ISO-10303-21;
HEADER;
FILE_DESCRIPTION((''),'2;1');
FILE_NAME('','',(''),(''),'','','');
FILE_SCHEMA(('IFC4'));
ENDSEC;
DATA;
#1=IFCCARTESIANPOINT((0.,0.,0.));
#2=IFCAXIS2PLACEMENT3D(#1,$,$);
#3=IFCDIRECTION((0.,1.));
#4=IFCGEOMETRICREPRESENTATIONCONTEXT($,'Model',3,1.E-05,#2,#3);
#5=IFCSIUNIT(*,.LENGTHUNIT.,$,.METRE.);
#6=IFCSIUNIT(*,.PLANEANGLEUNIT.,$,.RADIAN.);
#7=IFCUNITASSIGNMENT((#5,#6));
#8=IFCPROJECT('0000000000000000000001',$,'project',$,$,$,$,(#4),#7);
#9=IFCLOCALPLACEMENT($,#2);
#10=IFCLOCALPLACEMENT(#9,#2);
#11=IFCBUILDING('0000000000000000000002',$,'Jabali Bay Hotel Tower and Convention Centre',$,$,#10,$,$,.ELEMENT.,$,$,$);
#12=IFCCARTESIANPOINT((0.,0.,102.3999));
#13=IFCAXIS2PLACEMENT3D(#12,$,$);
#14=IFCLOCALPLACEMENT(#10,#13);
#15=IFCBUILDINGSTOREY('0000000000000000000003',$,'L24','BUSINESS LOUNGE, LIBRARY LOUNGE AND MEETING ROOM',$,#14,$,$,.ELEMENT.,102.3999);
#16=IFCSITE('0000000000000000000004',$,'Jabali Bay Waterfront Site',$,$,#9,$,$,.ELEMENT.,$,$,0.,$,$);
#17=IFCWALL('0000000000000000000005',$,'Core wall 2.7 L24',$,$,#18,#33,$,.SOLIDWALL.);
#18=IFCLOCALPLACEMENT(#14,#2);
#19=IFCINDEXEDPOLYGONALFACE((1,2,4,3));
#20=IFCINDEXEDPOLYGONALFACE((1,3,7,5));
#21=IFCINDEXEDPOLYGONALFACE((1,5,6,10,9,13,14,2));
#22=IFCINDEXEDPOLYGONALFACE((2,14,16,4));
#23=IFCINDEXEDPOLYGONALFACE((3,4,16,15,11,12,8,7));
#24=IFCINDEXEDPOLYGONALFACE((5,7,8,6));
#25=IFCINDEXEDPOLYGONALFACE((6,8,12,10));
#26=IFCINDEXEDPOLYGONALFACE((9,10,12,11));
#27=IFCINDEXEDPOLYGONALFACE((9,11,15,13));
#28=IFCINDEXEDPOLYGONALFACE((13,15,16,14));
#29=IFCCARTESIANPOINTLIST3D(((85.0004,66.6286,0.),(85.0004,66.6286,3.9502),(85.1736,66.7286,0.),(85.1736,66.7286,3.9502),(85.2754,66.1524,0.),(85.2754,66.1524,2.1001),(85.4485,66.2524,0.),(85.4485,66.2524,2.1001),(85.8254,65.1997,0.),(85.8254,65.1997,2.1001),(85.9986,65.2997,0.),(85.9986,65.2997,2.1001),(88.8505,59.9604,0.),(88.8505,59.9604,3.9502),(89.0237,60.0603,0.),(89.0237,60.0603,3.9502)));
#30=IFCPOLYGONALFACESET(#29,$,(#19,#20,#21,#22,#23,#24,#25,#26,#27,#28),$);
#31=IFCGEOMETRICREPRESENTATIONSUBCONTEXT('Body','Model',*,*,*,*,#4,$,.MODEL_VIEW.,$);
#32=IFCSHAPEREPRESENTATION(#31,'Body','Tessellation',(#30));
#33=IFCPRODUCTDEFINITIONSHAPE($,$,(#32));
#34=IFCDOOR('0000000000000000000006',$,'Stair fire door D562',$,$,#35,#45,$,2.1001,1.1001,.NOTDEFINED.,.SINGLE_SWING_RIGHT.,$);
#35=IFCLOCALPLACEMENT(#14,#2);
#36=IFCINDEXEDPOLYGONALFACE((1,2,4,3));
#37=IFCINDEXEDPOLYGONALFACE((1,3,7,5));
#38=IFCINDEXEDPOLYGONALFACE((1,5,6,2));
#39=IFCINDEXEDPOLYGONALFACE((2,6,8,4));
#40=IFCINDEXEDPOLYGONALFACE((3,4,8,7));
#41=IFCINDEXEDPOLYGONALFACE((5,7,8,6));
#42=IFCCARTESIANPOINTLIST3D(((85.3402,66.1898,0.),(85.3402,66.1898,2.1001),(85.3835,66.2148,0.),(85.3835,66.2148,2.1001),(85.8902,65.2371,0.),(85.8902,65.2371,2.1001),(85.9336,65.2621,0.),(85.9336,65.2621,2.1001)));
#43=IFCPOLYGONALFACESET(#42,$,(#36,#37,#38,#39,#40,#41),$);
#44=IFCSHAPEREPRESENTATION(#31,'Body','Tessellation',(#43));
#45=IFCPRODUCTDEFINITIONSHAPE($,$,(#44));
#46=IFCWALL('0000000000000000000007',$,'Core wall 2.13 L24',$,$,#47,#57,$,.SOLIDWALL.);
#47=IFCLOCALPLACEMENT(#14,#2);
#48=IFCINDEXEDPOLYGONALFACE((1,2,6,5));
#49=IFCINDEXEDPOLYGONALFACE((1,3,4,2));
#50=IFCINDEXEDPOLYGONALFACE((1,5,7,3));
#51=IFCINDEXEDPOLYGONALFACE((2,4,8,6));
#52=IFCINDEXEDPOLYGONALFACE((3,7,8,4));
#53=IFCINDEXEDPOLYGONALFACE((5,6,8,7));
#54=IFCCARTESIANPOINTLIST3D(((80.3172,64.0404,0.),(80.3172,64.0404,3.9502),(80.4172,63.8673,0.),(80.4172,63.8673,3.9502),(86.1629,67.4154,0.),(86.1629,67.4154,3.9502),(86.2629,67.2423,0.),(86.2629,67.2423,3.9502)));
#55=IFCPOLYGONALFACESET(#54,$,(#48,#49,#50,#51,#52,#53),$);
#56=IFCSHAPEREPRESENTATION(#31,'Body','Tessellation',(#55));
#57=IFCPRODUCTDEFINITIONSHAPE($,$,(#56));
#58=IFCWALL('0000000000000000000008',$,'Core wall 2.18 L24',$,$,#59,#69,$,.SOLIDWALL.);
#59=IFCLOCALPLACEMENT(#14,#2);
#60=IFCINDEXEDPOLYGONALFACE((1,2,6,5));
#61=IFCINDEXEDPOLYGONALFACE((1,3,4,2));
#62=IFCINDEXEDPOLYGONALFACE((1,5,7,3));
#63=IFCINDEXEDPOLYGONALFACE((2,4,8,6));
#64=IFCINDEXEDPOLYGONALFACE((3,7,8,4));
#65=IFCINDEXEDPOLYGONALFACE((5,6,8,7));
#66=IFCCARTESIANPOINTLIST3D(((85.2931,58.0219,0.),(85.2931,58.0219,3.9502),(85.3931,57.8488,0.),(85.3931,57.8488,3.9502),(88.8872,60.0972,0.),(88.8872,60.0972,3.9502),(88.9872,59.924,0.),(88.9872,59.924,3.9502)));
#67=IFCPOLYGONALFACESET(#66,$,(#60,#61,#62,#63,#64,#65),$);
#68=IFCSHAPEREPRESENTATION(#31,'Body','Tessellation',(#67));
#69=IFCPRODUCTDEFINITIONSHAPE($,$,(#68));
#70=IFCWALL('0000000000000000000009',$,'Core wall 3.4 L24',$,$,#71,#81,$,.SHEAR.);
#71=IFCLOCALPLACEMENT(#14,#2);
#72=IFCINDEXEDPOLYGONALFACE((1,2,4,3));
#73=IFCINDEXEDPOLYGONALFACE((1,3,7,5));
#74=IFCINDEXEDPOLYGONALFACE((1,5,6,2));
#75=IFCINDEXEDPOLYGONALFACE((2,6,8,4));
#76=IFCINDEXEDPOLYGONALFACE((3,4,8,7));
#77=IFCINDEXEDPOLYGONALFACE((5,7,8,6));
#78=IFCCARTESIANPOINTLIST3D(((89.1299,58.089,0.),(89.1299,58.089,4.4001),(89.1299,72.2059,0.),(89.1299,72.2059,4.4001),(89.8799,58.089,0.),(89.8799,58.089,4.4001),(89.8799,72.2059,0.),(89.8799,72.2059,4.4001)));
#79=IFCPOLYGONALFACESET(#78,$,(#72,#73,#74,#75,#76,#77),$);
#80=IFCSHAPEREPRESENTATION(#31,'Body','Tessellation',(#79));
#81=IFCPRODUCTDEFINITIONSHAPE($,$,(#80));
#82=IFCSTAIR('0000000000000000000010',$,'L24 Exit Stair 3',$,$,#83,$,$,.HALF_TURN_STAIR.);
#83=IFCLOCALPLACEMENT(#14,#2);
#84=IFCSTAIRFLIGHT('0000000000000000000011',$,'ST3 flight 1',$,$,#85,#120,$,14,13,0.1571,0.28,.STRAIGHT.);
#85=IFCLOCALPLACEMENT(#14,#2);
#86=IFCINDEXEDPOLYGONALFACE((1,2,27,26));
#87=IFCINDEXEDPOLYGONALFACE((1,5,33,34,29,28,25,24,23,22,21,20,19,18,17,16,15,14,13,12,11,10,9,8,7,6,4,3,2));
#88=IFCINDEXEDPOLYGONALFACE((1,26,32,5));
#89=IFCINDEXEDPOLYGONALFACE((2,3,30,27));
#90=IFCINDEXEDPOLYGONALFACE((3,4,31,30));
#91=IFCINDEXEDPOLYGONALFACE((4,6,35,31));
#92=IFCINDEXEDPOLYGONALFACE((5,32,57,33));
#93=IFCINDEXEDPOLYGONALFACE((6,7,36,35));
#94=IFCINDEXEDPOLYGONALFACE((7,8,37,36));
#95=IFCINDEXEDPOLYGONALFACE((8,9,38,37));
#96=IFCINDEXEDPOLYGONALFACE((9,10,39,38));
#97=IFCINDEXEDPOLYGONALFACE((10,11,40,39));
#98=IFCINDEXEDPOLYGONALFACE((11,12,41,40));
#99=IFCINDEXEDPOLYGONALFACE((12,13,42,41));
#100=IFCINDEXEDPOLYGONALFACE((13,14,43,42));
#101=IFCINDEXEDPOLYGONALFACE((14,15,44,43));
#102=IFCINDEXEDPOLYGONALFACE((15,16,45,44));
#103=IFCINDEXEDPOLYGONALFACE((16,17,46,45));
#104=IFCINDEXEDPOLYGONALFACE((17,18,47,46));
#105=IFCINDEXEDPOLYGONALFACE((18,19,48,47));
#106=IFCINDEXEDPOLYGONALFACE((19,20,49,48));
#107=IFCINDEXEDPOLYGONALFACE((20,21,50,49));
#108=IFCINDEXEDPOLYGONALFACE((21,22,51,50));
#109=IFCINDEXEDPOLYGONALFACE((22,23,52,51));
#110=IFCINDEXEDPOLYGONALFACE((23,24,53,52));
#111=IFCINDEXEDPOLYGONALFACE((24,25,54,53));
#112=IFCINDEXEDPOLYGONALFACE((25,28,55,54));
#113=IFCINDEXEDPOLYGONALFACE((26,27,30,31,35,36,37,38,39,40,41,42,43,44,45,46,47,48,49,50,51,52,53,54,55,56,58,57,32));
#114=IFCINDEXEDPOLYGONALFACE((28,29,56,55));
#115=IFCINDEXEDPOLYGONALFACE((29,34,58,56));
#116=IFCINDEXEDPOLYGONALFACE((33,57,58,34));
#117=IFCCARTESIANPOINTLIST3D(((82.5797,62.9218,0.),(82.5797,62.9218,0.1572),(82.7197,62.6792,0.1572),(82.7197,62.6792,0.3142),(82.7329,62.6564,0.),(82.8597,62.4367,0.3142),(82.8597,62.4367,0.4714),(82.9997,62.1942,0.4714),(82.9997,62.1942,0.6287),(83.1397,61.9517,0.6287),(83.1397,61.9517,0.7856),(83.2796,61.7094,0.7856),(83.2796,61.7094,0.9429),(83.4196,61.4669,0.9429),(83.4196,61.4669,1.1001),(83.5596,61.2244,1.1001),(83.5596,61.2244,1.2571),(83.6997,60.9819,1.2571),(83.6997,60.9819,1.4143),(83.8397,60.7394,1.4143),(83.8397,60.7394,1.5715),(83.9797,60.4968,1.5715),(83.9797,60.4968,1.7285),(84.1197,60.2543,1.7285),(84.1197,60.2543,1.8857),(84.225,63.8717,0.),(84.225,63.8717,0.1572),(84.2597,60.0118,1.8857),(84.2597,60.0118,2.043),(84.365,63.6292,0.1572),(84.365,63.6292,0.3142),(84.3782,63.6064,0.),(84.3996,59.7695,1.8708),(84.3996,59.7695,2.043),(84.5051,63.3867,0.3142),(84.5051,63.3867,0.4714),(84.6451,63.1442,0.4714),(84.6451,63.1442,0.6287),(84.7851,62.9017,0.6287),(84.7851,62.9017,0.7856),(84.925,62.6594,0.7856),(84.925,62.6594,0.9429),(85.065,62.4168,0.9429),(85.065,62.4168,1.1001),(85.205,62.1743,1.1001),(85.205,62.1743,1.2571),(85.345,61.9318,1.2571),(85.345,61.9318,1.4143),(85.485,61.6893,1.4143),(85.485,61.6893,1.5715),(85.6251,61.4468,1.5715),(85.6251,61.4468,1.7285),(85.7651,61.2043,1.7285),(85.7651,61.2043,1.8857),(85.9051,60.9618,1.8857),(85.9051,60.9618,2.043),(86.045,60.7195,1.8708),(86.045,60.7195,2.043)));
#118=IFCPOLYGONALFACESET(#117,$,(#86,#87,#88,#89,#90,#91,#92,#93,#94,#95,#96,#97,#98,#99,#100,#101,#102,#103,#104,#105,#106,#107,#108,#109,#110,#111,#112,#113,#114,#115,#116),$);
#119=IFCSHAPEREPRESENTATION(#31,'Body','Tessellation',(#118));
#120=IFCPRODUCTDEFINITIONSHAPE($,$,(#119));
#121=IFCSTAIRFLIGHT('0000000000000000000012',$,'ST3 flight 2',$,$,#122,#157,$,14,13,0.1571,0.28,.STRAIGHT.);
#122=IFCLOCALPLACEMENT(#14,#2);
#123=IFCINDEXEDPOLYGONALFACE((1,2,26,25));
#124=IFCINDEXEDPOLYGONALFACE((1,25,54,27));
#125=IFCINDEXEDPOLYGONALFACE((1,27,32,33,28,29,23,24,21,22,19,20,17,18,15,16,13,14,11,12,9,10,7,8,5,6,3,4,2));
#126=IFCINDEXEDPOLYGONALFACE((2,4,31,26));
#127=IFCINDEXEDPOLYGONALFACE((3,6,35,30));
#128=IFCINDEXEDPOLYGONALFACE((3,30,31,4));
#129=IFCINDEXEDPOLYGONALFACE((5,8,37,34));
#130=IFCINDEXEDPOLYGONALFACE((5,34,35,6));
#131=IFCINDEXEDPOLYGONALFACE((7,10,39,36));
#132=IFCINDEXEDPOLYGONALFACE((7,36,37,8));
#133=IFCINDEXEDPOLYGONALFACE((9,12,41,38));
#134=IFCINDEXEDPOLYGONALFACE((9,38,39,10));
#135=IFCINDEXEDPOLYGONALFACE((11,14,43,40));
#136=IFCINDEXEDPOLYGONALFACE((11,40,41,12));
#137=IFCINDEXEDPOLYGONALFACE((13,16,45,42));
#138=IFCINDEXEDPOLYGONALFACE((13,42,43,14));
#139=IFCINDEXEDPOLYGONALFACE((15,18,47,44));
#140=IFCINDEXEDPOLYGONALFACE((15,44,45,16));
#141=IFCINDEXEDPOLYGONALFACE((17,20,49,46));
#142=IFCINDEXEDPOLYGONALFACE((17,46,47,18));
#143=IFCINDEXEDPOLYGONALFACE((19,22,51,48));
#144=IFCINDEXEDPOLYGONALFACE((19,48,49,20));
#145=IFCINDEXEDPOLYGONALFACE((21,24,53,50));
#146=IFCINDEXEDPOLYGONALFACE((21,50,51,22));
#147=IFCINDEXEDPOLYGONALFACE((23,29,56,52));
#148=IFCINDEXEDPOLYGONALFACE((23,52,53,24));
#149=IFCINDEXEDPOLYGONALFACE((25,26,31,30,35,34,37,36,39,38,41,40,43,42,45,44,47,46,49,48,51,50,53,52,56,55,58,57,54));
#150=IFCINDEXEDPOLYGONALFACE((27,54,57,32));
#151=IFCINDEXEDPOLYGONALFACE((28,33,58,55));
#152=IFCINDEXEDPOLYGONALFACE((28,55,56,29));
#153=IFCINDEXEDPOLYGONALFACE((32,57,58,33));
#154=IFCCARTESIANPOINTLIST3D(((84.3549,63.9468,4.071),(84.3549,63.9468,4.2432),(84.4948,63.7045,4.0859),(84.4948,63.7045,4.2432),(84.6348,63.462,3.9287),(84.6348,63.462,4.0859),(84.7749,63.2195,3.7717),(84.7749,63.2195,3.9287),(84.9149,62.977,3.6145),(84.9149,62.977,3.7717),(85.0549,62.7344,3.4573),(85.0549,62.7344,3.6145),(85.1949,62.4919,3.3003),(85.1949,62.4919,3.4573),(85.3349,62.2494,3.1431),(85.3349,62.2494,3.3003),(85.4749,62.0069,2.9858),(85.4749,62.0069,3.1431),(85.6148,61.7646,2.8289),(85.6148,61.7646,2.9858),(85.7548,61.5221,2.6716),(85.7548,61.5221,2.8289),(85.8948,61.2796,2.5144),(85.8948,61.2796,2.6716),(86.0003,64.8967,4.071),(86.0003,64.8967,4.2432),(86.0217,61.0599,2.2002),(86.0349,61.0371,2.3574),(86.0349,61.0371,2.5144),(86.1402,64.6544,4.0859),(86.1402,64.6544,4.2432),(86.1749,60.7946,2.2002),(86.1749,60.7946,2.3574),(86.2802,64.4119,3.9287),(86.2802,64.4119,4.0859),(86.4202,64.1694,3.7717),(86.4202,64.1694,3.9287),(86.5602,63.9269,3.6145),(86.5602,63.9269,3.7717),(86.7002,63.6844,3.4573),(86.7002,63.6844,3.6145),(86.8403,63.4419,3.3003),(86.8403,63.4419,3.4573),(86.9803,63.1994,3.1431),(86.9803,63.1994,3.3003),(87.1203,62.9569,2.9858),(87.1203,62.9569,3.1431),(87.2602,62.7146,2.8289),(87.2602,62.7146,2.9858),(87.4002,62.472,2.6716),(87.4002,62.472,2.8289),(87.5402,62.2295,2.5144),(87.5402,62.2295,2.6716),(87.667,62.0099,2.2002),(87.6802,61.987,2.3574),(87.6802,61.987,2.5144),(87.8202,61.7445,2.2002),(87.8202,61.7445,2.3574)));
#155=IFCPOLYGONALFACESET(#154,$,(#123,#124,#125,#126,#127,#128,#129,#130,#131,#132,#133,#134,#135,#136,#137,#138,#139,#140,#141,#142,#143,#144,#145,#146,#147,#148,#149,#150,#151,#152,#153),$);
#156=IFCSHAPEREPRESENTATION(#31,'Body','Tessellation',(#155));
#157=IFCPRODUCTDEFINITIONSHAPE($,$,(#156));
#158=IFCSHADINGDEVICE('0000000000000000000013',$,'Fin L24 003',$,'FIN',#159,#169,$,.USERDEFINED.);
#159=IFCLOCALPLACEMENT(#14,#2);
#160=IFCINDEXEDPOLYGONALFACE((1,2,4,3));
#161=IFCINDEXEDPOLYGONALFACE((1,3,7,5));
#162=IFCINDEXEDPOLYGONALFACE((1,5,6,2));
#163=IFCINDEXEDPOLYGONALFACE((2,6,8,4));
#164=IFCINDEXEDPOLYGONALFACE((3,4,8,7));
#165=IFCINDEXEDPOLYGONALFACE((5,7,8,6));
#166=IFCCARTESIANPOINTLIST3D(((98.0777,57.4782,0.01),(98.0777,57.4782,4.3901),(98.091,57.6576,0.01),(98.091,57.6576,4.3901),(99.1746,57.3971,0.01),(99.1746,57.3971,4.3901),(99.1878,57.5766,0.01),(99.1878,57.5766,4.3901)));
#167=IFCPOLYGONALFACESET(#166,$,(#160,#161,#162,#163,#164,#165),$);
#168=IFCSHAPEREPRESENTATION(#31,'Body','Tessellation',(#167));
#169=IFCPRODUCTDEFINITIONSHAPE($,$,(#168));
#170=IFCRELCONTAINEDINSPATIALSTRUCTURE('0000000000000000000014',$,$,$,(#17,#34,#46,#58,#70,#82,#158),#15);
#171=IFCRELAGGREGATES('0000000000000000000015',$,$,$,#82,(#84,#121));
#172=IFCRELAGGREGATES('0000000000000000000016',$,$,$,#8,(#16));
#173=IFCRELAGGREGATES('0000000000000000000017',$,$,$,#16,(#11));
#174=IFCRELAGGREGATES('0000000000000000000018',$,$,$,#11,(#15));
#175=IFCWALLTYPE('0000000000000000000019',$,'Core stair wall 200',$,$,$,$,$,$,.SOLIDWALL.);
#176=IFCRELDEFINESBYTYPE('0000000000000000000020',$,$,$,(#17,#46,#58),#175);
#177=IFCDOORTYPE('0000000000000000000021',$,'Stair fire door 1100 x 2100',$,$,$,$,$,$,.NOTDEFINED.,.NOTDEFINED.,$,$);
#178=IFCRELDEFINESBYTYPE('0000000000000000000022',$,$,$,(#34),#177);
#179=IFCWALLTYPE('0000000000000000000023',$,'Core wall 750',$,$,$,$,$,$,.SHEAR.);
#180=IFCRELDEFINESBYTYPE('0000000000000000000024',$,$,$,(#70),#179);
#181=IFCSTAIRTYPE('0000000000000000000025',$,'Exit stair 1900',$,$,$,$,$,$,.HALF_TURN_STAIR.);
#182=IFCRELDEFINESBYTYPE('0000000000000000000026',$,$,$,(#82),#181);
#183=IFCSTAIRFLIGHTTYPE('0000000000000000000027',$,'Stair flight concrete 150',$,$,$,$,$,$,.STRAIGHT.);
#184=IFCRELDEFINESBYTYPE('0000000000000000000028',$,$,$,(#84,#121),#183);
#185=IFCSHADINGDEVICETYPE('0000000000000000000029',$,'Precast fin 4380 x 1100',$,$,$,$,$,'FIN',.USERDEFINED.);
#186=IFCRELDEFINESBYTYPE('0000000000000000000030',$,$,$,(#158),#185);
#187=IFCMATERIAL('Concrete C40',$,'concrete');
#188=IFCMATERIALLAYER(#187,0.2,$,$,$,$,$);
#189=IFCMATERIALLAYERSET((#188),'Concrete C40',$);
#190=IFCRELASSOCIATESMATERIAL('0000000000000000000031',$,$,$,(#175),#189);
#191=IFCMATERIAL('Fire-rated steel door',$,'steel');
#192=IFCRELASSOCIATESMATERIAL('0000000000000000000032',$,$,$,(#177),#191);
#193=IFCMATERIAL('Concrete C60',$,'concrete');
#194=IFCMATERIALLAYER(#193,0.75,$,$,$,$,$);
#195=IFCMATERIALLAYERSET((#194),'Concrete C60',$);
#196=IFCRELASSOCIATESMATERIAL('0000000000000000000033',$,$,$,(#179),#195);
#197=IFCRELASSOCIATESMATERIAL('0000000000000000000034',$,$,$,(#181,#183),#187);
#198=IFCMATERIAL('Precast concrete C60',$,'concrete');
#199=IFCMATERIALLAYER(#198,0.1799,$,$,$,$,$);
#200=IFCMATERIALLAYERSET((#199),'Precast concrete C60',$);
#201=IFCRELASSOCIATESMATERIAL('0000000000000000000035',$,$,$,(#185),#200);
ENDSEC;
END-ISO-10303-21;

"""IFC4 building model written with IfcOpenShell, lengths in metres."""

from ifc_helpers import new_model, si_unit, direction, frame, frame_2d, origin, place, context, subcontext, project, spatial, polyline, rectangle, outline, extrude, material, layer, layer_set, type_object, element, fill, aggregate, save


model = new_model("IFC4")

# Units and contexts
model_context = context("Model", 3, precision=1e-05, world=origin(), true_north=direction((0.0, 1.0)))
body_context = subcontext(model_context, "Body", "Model", "MODEL_VIEW")
ifc_project = project(units=[si_unit("LENGTHUNIT", "METRE"), si_unit("PLANEANGLEUNIT", "RADIAN")], contexts=[model_context])

# Site, building, storey
site_placement = place(None, origin())
site = spatial("IfcSite", under=ifc_project, at=site_placement, Name="Jabali Bay Waterfront Site", CompositionType="ELEMENT", RefElevation=0.0)
building_placement = place(site_placement, origin())
building = spatial("IfcBuilding", under=site, at=building_placement, Name="Jabali Bay Hotel Tower and Convention Centre", CompositionType="ELEMENT")
storey_placement = place(building_placement, frame((0.0, 0.0, 102.3999)))
storey = spatial("IfcBuildingStorey", under=building, at=storey_placement, Name="L24", Description="BUSINESS LOUNGE, LIBRARY LOUNGE AND MEETING ROOM", CompositionType="ELEMENT", Elevation=102.3999)

# Shared definitions
ifc_material_1 = material(Name="Concrete C60", Category="concrete")

# Shared definitions
ifc_material_2 = material(Name="Concrete C40", Category="concrete")

# Shared definitions
ifc_material_3 = material(Name="Fire-rated steel door", Category="steel")

# Shared definitions
ifc_layer_1 = layer(ifc_material_2, 0.2)
ifc_layer_set_1 = layer_set([ifc_layer_1], Name="Concrete C40")
wall_type_1 = type_object("IfcWallType", Name="Core stair wall 200", PredefinedType="SOLIDWALL", material=ifc_layer_set_1)

# Wall, opening, door
wall_1_placement = place(storey_placement, frame((85.0869, 66.6787, 0.0), z_axis=(0.0, 0.0, 1.0), x_axis=(0.50002, -0.866014, 0.0)))
wall_1 = element("IfcWall", 1, at=wall_1_placement, inside=storey, type_object=wall_type_1, Name="Core wall 2.7 L24", PredefinedType="SOLIDWALL", context=body_context, shape_type="SweptSolid", body=[
    extrude(rectangle(XDim=7.7, YDim=0.2, at=frame_2d((3.8501, 0.0))), origin(), (0.0, 0.0, 1.0), 3.9502),
])
opening_1_placement = place(wall_1_placement, frame((0.55, 0.0, 0.0)))
opening_1 = element("IfcOpeningElement", 2, at=opening_1_placement, cuts=wall_1, PredefinedType="OPENING", context=body_context, shape_type="SweptSolid", body=[
    extrude(rectangle(XDim=1.1001, YDim=2.1001, at=frame_2d((0.55, 1.05))), frame((0.0, 0.1104, 0.0), z_axis=(0.0, -1.0, 0.0), x_axis=(1.0, 0.0, 0.0)), (0.0, 0.0, 1.0), 0.2209),
])
door_type_1 = type_object("IfcDoorType", Name="Stair fire door 1100 x 2100", OperationType="NOTDEFINED", PredefinedType="NOTDEFINED", material=ifc_material_3)
door_1_placement = place(opening_1_placement, origin())
door_1 = element("IfcDoor", 3, at=door_1_placement, inside=storey, type_object=door_type_1, Name="Stair fire door D562", OperationType="SINGLE_SWING_RIGHT", OverallHeight=2.1001, OverallWidth=1.1001, PredefinedType="NOTDEFINED", context=body_context, shape_type="SweptSolid", body=[
    extrude(rectangle(XDim=1.1001, YDim=2.1001, at=frame_2d((0.55, 1.05))), frame((0.0, 0.0249, 0.0), z_axis=(0.0, -1.0, 0.0), x_axis=(1.0, 0.0, 0.0)), (0.0, 0.0, 1.0), 0.05),
])
fill(opening_1, door_1)

# Walls
wall_2_placement = place(storey_placement, frame((80.3672, 63.9539, 0.0), z_axis=(0.0, 0.0, 1.0), x_axis=(0.866027, 0.499998, 0.0)))
element("IfcWall", 4, at=wall_2_placement, inside=storey, type_object=wall_type_1, Name="Core wall 2.13 L24", PredefinedType="SOLIDWALL", context=body_context, shape_type="SweptSolid", body=[
    extrude(rectangle(XDim=6.75, YDim=0.2, at=frame_2d((3.375, 0.0))), origin(), (0.0, 0.0, 1.0), 3.9502),
])
wall_3_placement = place(storey_placement, frame((85.343, 57.9353, 0.0), z_axis=(0.0, 0.0, 1.0), x_axis=(0.866004, 0.500036, 0.0)))
element("IfcWall", 5, at=wall_3_placement, inside=storey, type_object=wall_type_1, Name="Core wall 2.18 L24", PredefinedType="SOLIDWALL", context=body_context, shape_type="SweptSolid", body=[
    extrude(rectangle(XDim=4.1501, YDim=0.2, at=frame_2d((2.0752, 0.0))), origin(), (0.0, 0.0, 1.0), 3.9502),
])
ifc_layer_2 = layer(ifc_material_1, 0.75)
ifc_layer_set_2 = layer_set([ifc_layer_2], Name="Concrete C60")
wall_type_2 = type_object("IfcWallType", Name="Core wall 750", PredefinedType="SHEAR", material=ifc_layer_set_2)
wall_4_placement = place(storey_placement, frame((89.5049, 58.0889, 0.0), z_axis=(0.0, 0.0, 1.0), x_axis=(0.0, 1.0, 0.0)))
element("IfcWall", 6, at=wall_4_placement, inside=storey, type_object=wall_type_2, Name="Core wall 3.4 L24", PredefinedType="SHEAR", context=body_context, shape_type="SweptSolid", body=[
    extrude(rectangle(XDim=14.1169, YDim=0.75, at=frame_2d((7.0586, 0.0))), origin(), (0.0, 0.0, 1.0), 4.4001),
])

# Stair, stair flights
stair_type = type_object("IfcStairType", Name="Exit stair 1900", PredefinedType="HALF_TURN_STAIR", material=ifc_material_2)
stair_placement = place(storey_placement, origin())
stair = element("IfcStair", 7, at=stair_placement, inside=storey, type_object=stair_type, Name="L24 Exit Stair 3", PredefinedType="HALF_TURN_STAIR")
stair_flight_type = type_object("IfcStairFlightType", Name="Stair flight concrete 150", PredefinedType="STRAIGHT", material=ifc_material_2)
stair_flight_1_placement = place(storey_placement, frame((83.4023, 63.3967, 0.0), z_axis=(0.0, 0.0, 1.0), x_axis=(0.5, -0.866025, 0.0)))
stair_flight_1 = element("IfcStairFlight", 8, at=stair_flight_1_placement, type_object=stair_flight_type, Name="ST3 flight 1", NumberOfRisers=14, NumberOfTreads=13, PredefinedType="STRAIGHT", RiserHeight=0.1571, TreadLength=0.28, context=body_context, shape_type="SweptSolid", body=[
    extrude(outline(polyline([(0.0, 0.0), (0.0, 0.1572), (0.28, 0.1572), (0.28, 0.3142), (0.5601, 0.3142), (0.5601, 0.4714), (0.8401, 0.4714), (0.8401, 0.6287), (1.1201, 0.6287), (1.1201, 0.7856), (1.3999, 0.7856), (1.3999, 0.9429), (1.6799, 0.9429), (1.6799, 1.1001), (1.96, 1.1001), (1.96, 1.2571), (2.24, 1.2571), (2.24, 1.4143), (2.52, 1.4143), (2.52, 1.5715), (2.8, 1.5715), (2.8, 1.7285), (3.0801, 1.7285), (3.0801, 1.8857), (3.3601, 1.8857), (3.3601, 2.043), (3.6399, 2.043), (3.6399, 2.2), (3.6399, 1.8708), (0.3064, 0.0), (0.0, 0.0)])), frame((0.0, 0.95, 0.0), z_axis=(0.0, -1.0, 0.0), x_axis=(1.0, 0.0, 0.0)), (0.0, 0.0, 1.0), 1.8999),
])
stair_flight_2_placement = place(storey_placement, frame((86.9976, 61.2695, 2.2002), z_axis=(0.0, 0.0, 1.0), x_axis=(-0.5, 0.866025, 0.0)))
stair_flight_2 = element("IfcStairFlight", 9, at=stair_flight_2_placement, type_object=stair_flight_type, Name="ST3 flight 2", NumberOfRisers=14, NumberOfTreads=13, PredefinedType="STRAIGHT", RiserHeight=0.1571, TreadLength=0.28, context=body_context, shape_type="SweptSolid", body=[
    extrude(outline(polyline([(0.0, 0.0), (0.0, 0.1572), (0.28, 0.1572), (0.28, 0.3142), (0.5601, 0.3142), (0.5601, 0.4714), (0.8401, 0.4714), (0.8401, 0.6287), (1.1201, 0.6287), (1.1201, 0.7856), (1.3999, 0.7856), (1.3999, 0.9429), (1.6799, 0.9429), (1.6799, 1.1001), (1.96, 1.1001), (1.96, 1.2571), (2.24, 1.2571), (2.24, 1.4143), (2.52, 1.4143), (2.52, 1.5715), (2.8, 1.5715), (2.8, 1.7285), (3.0801, 1.7285), (3.0801, 1.8857), (3.3601, 1.8857), (3.3601, 2.043), (3.6399, 2.043), (3.6399, 2.2), (3.6399, 1.8708), (0.3064, 0.0), (0.0, 0.0)])), frame((0.0, 0.95, 0.0), z_axis=(0.0, -1.0, 0.0), x_axis=(1.0, 0.0, 0.0)), (0.0, 0.0, 1.0), 1.8999),
])
aggregate(stair, [stair_flight_1, stair_flight_2])

# Shading device
ifc_material_4 = material(Name="Precast concrete C60", Category="concrete")
ifc_layer_3 = layer(ifc_material_4, 0.1799)
ifc_layer_set_3 = layer_set([ifc_layer_3], Name="Precast concrete C60")
shading_device_type = type_object("IfcShadingDeviceType", Name="Precast fin 4380 x 1100", ElementType="FIN", PredefinedType="USERDEFINED", material=ifc_layer_set_3)
shading_device_1_placement = place(storey_placement, frame((98.0845, 57.5679, 0.01), z_axis=(0.0, 0.0, 1.0), x_axis=(0.997281, -0.073692, 0.0)))
element("IfcShadingDevice", 10, at=shading_device_1_placement, inside=storey, type_object=shading_device_type, Name="Fin L24 003", ObjectType="FIN", PredefinedType="USERDEFINED", context=body_context, shape_type="SweptSolid", body=[
    extrude(rectangle(XDim=1.0999, YDim=0.1799, at=frame_2d((0.5498, 0.0))), origin(), (0.0, 0.0, 1.0), 4.3801),
])

save(model, "model.ifc")
